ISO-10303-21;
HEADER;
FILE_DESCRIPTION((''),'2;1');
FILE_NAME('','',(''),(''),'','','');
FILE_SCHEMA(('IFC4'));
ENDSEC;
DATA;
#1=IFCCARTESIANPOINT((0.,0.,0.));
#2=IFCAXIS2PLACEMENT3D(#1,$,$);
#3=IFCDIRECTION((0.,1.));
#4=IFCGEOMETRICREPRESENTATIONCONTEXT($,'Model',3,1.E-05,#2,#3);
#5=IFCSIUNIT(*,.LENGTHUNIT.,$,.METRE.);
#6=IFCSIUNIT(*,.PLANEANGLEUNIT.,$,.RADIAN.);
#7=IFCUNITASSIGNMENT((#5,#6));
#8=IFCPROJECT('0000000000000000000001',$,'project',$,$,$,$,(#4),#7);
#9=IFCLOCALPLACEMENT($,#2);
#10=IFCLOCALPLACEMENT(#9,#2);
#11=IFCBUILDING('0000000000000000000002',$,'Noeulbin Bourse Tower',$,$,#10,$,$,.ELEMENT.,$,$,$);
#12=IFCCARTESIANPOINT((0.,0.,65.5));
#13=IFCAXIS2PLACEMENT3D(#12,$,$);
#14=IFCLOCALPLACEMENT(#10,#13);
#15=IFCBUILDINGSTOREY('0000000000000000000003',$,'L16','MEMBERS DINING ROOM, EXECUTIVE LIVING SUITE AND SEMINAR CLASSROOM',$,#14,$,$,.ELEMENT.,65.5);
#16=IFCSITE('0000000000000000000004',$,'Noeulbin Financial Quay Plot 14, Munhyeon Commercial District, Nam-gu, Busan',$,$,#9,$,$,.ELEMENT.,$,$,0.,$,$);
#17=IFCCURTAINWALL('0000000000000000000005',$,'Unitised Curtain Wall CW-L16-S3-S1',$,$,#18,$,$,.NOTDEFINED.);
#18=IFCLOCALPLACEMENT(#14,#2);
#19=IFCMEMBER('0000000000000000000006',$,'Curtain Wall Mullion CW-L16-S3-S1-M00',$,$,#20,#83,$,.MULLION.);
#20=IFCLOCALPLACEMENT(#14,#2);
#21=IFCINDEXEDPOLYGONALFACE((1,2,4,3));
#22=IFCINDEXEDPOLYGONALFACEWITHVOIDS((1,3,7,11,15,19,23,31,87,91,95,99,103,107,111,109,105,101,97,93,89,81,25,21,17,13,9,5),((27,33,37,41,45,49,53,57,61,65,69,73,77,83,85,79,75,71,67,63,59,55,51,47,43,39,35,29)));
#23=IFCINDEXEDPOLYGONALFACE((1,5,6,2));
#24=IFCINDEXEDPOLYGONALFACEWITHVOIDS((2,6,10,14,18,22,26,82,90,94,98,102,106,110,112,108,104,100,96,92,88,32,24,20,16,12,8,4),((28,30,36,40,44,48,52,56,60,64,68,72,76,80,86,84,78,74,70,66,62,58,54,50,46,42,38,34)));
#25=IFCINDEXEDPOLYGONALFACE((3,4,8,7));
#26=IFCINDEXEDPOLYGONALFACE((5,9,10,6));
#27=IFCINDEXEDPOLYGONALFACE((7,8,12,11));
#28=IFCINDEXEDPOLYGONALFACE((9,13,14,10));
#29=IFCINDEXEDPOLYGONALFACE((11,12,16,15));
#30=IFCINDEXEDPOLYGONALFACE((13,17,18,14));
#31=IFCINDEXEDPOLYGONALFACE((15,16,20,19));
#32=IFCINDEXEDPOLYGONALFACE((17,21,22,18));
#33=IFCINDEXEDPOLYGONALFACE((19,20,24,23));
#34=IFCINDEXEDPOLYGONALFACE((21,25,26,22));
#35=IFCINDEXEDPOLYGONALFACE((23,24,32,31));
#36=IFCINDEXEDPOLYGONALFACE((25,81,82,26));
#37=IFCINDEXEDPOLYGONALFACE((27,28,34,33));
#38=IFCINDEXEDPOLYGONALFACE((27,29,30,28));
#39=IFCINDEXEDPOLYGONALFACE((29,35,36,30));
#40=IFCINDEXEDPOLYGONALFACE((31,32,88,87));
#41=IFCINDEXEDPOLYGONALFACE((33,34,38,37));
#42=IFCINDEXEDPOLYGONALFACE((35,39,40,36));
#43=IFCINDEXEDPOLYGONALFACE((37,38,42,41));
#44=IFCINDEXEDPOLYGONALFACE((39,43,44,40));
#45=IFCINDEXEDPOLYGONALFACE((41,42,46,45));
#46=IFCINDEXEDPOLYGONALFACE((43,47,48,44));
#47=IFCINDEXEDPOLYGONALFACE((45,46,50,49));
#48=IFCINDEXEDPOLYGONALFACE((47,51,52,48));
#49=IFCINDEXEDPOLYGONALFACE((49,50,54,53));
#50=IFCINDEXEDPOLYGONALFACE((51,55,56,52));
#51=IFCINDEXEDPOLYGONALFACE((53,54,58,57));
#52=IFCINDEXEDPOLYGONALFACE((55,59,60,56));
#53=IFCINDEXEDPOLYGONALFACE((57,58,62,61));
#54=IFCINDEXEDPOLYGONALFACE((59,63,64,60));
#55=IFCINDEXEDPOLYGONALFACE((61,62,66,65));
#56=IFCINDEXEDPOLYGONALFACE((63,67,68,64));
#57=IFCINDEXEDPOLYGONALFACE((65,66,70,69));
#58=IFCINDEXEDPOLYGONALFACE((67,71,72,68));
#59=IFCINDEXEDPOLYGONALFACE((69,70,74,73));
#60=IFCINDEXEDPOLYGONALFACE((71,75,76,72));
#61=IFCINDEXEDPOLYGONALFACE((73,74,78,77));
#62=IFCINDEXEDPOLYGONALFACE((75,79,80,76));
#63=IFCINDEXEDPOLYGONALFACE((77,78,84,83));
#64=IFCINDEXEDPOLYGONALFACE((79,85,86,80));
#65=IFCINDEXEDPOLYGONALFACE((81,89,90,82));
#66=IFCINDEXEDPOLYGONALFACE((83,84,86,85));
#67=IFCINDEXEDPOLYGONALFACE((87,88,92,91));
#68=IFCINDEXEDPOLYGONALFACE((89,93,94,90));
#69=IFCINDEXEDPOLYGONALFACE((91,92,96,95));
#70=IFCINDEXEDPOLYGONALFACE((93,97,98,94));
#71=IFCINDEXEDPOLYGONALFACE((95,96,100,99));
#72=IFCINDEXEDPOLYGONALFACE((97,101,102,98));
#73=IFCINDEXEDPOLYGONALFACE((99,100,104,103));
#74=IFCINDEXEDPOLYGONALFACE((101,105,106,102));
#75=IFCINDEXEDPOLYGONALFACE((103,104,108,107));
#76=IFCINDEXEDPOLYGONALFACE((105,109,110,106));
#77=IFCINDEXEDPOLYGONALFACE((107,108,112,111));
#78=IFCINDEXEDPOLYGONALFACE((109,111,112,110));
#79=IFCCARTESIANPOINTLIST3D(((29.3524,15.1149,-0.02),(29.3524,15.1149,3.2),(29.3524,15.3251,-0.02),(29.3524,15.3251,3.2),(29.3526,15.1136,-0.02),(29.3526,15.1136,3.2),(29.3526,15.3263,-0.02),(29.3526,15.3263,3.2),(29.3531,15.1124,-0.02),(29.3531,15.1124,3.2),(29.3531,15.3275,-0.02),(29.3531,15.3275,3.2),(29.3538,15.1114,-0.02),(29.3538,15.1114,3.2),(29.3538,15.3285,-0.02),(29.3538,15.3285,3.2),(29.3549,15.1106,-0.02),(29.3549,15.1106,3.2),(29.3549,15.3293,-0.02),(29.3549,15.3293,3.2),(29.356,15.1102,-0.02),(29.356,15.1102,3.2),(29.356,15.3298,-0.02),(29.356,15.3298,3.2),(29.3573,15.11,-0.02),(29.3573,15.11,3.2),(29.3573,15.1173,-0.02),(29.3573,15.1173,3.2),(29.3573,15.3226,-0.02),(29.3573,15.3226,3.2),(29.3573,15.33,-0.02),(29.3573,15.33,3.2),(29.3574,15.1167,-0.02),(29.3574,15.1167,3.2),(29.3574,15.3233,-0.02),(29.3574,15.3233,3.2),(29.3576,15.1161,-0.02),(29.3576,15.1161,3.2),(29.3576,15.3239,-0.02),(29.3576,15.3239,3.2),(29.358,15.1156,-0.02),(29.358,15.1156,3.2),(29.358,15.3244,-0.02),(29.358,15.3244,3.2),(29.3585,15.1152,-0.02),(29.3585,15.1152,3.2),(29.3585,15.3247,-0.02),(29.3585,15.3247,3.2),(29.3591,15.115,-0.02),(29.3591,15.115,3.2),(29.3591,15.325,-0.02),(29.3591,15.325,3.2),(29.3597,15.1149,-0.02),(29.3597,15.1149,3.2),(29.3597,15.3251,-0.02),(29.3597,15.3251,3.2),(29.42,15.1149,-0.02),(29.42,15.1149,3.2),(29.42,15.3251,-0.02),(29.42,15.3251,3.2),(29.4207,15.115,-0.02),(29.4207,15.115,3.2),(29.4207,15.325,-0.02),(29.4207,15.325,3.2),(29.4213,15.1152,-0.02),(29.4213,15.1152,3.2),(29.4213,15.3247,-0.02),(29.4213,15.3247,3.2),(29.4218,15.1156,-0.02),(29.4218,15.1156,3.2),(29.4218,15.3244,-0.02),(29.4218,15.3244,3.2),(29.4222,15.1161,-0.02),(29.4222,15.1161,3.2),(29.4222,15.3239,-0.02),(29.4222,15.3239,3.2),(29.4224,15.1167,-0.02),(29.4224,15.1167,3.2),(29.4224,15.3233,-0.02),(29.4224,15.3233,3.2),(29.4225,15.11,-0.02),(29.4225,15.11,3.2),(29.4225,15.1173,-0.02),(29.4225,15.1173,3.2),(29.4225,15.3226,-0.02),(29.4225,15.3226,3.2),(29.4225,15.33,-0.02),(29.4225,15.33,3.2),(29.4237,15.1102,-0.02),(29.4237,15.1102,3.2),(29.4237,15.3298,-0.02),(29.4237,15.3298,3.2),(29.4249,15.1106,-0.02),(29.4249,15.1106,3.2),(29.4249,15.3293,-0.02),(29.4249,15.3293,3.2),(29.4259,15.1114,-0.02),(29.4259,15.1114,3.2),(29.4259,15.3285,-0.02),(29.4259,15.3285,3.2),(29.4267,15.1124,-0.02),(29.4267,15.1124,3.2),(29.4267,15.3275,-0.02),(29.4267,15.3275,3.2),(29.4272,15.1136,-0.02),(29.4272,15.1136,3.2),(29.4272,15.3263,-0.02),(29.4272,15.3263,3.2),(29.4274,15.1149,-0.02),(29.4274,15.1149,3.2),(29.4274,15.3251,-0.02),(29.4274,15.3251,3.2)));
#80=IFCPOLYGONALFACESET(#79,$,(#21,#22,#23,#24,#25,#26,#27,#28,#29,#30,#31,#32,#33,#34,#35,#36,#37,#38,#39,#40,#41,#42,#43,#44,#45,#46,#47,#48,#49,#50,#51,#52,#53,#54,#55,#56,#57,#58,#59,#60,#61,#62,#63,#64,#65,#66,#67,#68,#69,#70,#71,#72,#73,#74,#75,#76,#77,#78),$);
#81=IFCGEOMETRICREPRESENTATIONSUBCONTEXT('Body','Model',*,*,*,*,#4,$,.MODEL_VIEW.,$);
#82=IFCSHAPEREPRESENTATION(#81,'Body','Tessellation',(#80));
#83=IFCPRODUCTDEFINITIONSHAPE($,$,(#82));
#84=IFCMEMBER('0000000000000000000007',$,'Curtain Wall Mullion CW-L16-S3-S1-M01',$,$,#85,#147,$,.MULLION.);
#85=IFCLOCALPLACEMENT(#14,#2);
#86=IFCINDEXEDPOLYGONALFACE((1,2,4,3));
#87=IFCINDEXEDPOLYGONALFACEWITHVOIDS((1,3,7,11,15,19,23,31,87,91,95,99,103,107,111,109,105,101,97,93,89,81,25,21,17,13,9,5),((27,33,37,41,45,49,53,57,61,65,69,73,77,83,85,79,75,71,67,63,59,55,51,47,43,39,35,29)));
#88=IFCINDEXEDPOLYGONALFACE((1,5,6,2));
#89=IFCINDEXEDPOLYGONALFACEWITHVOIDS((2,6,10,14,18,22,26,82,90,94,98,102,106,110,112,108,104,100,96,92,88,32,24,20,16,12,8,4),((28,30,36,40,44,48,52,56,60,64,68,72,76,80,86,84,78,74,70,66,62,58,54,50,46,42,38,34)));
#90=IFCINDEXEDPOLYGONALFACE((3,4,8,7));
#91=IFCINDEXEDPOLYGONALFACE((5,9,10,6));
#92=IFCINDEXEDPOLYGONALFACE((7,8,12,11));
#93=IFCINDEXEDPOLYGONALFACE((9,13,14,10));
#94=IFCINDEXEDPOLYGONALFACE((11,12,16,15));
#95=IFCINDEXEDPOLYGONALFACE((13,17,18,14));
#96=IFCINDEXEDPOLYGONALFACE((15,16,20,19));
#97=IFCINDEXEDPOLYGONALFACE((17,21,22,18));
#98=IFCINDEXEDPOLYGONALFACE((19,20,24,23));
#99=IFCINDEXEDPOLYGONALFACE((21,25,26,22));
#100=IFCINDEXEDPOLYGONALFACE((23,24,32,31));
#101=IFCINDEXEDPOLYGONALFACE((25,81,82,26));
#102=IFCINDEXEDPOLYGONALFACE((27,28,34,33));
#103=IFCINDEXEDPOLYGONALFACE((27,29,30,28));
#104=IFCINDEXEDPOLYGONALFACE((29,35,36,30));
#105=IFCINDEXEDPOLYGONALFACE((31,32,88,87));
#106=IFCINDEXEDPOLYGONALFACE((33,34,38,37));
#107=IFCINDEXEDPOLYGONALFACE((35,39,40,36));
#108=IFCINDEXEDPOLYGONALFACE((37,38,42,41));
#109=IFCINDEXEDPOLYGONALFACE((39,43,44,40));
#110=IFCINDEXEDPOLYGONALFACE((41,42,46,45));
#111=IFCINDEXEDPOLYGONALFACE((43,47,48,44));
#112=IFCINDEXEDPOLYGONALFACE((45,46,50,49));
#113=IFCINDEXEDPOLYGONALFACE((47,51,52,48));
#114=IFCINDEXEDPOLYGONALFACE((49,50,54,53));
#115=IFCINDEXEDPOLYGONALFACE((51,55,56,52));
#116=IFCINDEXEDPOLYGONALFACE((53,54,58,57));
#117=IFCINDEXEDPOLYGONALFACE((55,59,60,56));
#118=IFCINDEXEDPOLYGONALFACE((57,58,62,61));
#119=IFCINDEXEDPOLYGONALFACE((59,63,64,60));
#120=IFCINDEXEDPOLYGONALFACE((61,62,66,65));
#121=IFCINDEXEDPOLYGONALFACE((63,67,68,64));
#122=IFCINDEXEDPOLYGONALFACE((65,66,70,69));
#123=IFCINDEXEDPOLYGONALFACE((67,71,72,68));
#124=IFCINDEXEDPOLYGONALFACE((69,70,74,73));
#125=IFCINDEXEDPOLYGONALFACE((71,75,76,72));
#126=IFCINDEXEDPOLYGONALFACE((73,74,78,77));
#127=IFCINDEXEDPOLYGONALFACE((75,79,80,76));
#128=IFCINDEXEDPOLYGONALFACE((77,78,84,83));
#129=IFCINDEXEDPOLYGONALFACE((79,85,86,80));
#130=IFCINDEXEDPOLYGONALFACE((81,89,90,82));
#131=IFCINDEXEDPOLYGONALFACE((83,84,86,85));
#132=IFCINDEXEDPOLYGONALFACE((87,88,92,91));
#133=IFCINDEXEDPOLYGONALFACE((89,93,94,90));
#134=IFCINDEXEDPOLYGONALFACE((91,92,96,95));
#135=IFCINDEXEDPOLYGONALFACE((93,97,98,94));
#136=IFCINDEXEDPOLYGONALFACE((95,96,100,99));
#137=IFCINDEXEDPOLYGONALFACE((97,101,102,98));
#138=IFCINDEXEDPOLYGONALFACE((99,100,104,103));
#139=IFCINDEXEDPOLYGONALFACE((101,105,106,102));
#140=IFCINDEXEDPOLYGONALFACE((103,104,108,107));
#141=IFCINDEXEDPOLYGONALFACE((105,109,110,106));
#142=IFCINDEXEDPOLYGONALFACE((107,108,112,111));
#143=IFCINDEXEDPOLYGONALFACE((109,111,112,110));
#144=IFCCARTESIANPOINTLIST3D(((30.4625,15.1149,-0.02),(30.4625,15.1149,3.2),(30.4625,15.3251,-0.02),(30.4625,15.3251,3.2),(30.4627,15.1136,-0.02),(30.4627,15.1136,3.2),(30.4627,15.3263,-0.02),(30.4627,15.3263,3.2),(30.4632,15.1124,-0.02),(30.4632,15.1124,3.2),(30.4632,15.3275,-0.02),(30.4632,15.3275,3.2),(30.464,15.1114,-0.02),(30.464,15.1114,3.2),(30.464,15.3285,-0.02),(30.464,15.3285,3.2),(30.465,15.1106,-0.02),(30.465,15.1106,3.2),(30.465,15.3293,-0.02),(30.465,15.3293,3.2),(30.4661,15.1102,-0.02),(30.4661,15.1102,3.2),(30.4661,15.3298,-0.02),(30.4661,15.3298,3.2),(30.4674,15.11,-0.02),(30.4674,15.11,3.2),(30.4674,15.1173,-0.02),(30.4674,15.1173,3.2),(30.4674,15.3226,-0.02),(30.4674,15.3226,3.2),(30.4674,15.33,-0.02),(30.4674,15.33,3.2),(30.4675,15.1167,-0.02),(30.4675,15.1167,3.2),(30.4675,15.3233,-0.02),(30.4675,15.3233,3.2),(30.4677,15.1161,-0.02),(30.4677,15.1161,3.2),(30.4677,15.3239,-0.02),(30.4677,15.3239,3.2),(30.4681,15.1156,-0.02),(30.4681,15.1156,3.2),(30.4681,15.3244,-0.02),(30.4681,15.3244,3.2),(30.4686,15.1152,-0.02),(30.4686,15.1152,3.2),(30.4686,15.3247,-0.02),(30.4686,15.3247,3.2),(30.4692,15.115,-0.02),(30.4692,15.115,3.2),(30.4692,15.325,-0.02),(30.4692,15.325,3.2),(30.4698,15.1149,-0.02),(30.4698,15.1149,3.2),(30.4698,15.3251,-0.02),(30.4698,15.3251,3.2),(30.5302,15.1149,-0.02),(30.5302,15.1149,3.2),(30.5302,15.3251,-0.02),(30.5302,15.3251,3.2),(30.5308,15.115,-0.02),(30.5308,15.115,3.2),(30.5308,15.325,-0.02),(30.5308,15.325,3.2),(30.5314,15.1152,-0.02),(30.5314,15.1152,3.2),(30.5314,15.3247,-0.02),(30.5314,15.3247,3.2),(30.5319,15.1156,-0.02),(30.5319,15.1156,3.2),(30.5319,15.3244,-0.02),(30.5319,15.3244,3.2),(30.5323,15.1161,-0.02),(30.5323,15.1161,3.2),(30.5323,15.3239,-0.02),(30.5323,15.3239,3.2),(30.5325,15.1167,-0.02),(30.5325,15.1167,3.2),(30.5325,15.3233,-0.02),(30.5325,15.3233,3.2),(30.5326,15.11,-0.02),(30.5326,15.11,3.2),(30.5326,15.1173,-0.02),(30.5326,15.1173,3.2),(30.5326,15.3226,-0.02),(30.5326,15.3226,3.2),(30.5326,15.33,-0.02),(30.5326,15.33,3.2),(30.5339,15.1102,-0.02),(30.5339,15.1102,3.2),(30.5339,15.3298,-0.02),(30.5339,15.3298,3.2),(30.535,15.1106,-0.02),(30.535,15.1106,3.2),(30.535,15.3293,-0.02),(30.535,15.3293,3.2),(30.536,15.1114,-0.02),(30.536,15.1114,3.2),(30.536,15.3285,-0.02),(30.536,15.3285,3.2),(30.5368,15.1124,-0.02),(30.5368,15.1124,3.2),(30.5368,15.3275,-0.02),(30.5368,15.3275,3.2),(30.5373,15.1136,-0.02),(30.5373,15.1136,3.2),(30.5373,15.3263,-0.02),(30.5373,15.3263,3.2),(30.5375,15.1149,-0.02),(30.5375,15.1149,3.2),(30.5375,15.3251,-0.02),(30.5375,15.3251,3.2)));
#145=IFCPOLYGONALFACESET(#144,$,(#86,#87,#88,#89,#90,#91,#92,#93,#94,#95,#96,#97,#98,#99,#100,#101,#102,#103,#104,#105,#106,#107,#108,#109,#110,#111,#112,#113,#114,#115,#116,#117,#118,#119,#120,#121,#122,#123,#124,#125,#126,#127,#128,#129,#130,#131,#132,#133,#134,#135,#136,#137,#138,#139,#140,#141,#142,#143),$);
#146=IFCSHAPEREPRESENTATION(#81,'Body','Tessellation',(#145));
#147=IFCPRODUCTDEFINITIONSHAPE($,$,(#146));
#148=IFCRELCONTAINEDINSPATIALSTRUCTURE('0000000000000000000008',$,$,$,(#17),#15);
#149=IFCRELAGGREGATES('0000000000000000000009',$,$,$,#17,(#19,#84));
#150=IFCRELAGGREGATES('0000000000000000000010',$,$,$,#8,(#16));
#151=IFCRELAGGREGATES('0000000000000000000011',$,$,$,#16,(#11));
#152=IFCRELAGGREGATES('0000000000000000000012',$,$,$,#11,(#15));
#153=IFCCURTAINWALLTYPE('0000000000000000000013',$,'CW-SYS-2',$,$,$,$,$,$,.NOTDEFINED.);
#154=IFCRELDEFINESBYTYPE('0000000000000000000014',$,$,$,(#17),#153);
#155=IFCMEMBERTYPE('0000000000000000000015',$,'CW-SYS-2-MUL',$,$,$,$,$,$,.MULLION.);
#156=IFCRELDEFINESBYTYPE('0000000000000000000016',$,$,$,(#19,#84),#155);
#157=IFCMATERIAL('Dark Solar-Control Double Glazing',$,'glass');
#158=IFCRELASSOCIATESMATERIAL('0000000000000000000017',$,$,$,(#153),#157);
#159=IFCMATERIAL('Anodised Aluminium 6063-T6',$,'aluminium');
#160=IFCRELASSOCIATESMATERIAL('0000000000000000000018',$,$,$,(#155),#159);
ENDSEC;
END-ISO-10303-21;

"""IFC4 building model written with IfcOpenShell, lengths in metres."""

from ifc_helpers import new_model, si_unit, direction, frame, origin, origin_2d, place, context, subcontext, project, spatial, hollow_rectangle, extrude, material, material_profile, profile_set, type_object, element, aggregate, save


model = new_model("IFC4")

# Units and contexts
model_context = context("Model", 3, precision=1e-05, world=origin(), true_north=direction((0.0, 1.0)))
body_context = subcontext(model_context, "Body", "Model", "MODEL_VIEW")
ifc_project = project(units=[si_unit("LENGTHUNIT", "METRE"), si_unit("PLANEANGLEUNIT", "RADIAN")], contexts=[model_context])

# Site, building, storey
site_placement = place(None, origin())
site = spatial("IfcSite", under=ifc_project, at=site_placement, Name="Noeulbin Financial Quay Plot 14, Munhyeon Commercial District, Nam-gu, Busan", CompositionType="ELEMENT", RefElevation=0.0)
building_placement = place(site_placement, origin())
building = spatial("IfcBuilding", under=site, at=building_placement, Name="Noeulbin Bourse Tower", CompositionType="ELEMENT")
storey_placement = place(building_placement, frame((0.0, 0.0, 65.5)))
storey = spatial("IfcBuildingStorey", under=building, at=storey_placement, Name="L16", Description="MEMBERS DINING ROOM, EXECUTIVE LIVING SUITE AND SEMINAR CLASSROOM", CompositionType="ELEMENT", Elevation=65.5)

# Curtain wall, members
ifc_material_1 = material(Name="Dark Solar-Control Double Glazing", Category="glass")
curtain_wall_type = type_object("IfcCurtainWallType", Name="CW-SYS-2", PredefinedType="NOTDEFINED", material=ifc_material_1)
curtain_wall_1_placement = place(storey_placement, origin())
curtain_wall_1 = element("IfcCurtainWall", 1, at=curtain_wall_1_placement, inside=storey, type_object=curtain_wall_type, Name="Unitised Curtain Wall CW-L16-S3-S1", PredefinedType="NOTDEFINED")
ifc_material_2 = material(Name="Anodised Aluminium 6063-T6", Category="aluminium")
ifc_material_profile_1 = material_profile(ifc_material_2, hollow_rectangle(XDim=0.075, YDim=0.22, WallThickness=0.0049, InnerFilletRadius=0.0024, OuterFilletRadius=0.0049, at=origin_2d()), Name="ALU-MULL-75x220x5", Category="LoadBearing")
ifc_profile_set_1 = profile_set([ifc_material_profile_1], Name="Anodised Aluminium 6063-T6")
member_type_1 = type_object("IfcMemberType", Name="CW-SYS-2-MUL", PredefinedType="MULLION", material=ifc_profile_set_1)
member_1_placement = place(storey_placement, frame((29.3899, 15.22, -0.02), z_axis=(0.0, 0.0, 1.0), x_axis=(1.0, 0.0, 0.0)))
member_1 = element("IfcMember", 2, at=member_1_placement, type_object=member_type_1, Name="Curtain Wall Mullion CW-L16-S3-S1-M00", PredefinedType="MULLION", context=body_context, shape_type="SweptSolid", body=[
    extrude(hollow_rectangle(XDim=0.075, YDim=0.22, WallThickness=0.0049, InnerFilletRadius=0.0024, OuterFilletRadius=0.0049, at=origin_2d()), origin(), (0.0, 0.0, 1.0), 3.22),
])
member_2_placement = place(storey_placement, frame((30.5, 15.22, -0.02), z_axis=(0.0, 0.0, 1.0), x_axis=(1.0, 0.0, 0.0)))
member_2 = element("IfcMember", 3, at=member_2_placement, type_object=member_type_1, Name="Curtain Wall Mullion CW-L16-S3-S1-M01", PredefinedType="MULLION", context=body_context, shape_type="SweptSolid", body=[
    extrude(hollow_rectangle(XDim=0.075, YDim=0.22, WallThickness=0.0049, InnerFilletRadius=0.0024, OuterFilletRadius=0.0049, at=origin_2d()), origin(), (0.0, 0.0, 1.0), 3.22),
])

aggregate(curtain_wall_1, [member_1, member_2])

save(model, "model.ifc")
